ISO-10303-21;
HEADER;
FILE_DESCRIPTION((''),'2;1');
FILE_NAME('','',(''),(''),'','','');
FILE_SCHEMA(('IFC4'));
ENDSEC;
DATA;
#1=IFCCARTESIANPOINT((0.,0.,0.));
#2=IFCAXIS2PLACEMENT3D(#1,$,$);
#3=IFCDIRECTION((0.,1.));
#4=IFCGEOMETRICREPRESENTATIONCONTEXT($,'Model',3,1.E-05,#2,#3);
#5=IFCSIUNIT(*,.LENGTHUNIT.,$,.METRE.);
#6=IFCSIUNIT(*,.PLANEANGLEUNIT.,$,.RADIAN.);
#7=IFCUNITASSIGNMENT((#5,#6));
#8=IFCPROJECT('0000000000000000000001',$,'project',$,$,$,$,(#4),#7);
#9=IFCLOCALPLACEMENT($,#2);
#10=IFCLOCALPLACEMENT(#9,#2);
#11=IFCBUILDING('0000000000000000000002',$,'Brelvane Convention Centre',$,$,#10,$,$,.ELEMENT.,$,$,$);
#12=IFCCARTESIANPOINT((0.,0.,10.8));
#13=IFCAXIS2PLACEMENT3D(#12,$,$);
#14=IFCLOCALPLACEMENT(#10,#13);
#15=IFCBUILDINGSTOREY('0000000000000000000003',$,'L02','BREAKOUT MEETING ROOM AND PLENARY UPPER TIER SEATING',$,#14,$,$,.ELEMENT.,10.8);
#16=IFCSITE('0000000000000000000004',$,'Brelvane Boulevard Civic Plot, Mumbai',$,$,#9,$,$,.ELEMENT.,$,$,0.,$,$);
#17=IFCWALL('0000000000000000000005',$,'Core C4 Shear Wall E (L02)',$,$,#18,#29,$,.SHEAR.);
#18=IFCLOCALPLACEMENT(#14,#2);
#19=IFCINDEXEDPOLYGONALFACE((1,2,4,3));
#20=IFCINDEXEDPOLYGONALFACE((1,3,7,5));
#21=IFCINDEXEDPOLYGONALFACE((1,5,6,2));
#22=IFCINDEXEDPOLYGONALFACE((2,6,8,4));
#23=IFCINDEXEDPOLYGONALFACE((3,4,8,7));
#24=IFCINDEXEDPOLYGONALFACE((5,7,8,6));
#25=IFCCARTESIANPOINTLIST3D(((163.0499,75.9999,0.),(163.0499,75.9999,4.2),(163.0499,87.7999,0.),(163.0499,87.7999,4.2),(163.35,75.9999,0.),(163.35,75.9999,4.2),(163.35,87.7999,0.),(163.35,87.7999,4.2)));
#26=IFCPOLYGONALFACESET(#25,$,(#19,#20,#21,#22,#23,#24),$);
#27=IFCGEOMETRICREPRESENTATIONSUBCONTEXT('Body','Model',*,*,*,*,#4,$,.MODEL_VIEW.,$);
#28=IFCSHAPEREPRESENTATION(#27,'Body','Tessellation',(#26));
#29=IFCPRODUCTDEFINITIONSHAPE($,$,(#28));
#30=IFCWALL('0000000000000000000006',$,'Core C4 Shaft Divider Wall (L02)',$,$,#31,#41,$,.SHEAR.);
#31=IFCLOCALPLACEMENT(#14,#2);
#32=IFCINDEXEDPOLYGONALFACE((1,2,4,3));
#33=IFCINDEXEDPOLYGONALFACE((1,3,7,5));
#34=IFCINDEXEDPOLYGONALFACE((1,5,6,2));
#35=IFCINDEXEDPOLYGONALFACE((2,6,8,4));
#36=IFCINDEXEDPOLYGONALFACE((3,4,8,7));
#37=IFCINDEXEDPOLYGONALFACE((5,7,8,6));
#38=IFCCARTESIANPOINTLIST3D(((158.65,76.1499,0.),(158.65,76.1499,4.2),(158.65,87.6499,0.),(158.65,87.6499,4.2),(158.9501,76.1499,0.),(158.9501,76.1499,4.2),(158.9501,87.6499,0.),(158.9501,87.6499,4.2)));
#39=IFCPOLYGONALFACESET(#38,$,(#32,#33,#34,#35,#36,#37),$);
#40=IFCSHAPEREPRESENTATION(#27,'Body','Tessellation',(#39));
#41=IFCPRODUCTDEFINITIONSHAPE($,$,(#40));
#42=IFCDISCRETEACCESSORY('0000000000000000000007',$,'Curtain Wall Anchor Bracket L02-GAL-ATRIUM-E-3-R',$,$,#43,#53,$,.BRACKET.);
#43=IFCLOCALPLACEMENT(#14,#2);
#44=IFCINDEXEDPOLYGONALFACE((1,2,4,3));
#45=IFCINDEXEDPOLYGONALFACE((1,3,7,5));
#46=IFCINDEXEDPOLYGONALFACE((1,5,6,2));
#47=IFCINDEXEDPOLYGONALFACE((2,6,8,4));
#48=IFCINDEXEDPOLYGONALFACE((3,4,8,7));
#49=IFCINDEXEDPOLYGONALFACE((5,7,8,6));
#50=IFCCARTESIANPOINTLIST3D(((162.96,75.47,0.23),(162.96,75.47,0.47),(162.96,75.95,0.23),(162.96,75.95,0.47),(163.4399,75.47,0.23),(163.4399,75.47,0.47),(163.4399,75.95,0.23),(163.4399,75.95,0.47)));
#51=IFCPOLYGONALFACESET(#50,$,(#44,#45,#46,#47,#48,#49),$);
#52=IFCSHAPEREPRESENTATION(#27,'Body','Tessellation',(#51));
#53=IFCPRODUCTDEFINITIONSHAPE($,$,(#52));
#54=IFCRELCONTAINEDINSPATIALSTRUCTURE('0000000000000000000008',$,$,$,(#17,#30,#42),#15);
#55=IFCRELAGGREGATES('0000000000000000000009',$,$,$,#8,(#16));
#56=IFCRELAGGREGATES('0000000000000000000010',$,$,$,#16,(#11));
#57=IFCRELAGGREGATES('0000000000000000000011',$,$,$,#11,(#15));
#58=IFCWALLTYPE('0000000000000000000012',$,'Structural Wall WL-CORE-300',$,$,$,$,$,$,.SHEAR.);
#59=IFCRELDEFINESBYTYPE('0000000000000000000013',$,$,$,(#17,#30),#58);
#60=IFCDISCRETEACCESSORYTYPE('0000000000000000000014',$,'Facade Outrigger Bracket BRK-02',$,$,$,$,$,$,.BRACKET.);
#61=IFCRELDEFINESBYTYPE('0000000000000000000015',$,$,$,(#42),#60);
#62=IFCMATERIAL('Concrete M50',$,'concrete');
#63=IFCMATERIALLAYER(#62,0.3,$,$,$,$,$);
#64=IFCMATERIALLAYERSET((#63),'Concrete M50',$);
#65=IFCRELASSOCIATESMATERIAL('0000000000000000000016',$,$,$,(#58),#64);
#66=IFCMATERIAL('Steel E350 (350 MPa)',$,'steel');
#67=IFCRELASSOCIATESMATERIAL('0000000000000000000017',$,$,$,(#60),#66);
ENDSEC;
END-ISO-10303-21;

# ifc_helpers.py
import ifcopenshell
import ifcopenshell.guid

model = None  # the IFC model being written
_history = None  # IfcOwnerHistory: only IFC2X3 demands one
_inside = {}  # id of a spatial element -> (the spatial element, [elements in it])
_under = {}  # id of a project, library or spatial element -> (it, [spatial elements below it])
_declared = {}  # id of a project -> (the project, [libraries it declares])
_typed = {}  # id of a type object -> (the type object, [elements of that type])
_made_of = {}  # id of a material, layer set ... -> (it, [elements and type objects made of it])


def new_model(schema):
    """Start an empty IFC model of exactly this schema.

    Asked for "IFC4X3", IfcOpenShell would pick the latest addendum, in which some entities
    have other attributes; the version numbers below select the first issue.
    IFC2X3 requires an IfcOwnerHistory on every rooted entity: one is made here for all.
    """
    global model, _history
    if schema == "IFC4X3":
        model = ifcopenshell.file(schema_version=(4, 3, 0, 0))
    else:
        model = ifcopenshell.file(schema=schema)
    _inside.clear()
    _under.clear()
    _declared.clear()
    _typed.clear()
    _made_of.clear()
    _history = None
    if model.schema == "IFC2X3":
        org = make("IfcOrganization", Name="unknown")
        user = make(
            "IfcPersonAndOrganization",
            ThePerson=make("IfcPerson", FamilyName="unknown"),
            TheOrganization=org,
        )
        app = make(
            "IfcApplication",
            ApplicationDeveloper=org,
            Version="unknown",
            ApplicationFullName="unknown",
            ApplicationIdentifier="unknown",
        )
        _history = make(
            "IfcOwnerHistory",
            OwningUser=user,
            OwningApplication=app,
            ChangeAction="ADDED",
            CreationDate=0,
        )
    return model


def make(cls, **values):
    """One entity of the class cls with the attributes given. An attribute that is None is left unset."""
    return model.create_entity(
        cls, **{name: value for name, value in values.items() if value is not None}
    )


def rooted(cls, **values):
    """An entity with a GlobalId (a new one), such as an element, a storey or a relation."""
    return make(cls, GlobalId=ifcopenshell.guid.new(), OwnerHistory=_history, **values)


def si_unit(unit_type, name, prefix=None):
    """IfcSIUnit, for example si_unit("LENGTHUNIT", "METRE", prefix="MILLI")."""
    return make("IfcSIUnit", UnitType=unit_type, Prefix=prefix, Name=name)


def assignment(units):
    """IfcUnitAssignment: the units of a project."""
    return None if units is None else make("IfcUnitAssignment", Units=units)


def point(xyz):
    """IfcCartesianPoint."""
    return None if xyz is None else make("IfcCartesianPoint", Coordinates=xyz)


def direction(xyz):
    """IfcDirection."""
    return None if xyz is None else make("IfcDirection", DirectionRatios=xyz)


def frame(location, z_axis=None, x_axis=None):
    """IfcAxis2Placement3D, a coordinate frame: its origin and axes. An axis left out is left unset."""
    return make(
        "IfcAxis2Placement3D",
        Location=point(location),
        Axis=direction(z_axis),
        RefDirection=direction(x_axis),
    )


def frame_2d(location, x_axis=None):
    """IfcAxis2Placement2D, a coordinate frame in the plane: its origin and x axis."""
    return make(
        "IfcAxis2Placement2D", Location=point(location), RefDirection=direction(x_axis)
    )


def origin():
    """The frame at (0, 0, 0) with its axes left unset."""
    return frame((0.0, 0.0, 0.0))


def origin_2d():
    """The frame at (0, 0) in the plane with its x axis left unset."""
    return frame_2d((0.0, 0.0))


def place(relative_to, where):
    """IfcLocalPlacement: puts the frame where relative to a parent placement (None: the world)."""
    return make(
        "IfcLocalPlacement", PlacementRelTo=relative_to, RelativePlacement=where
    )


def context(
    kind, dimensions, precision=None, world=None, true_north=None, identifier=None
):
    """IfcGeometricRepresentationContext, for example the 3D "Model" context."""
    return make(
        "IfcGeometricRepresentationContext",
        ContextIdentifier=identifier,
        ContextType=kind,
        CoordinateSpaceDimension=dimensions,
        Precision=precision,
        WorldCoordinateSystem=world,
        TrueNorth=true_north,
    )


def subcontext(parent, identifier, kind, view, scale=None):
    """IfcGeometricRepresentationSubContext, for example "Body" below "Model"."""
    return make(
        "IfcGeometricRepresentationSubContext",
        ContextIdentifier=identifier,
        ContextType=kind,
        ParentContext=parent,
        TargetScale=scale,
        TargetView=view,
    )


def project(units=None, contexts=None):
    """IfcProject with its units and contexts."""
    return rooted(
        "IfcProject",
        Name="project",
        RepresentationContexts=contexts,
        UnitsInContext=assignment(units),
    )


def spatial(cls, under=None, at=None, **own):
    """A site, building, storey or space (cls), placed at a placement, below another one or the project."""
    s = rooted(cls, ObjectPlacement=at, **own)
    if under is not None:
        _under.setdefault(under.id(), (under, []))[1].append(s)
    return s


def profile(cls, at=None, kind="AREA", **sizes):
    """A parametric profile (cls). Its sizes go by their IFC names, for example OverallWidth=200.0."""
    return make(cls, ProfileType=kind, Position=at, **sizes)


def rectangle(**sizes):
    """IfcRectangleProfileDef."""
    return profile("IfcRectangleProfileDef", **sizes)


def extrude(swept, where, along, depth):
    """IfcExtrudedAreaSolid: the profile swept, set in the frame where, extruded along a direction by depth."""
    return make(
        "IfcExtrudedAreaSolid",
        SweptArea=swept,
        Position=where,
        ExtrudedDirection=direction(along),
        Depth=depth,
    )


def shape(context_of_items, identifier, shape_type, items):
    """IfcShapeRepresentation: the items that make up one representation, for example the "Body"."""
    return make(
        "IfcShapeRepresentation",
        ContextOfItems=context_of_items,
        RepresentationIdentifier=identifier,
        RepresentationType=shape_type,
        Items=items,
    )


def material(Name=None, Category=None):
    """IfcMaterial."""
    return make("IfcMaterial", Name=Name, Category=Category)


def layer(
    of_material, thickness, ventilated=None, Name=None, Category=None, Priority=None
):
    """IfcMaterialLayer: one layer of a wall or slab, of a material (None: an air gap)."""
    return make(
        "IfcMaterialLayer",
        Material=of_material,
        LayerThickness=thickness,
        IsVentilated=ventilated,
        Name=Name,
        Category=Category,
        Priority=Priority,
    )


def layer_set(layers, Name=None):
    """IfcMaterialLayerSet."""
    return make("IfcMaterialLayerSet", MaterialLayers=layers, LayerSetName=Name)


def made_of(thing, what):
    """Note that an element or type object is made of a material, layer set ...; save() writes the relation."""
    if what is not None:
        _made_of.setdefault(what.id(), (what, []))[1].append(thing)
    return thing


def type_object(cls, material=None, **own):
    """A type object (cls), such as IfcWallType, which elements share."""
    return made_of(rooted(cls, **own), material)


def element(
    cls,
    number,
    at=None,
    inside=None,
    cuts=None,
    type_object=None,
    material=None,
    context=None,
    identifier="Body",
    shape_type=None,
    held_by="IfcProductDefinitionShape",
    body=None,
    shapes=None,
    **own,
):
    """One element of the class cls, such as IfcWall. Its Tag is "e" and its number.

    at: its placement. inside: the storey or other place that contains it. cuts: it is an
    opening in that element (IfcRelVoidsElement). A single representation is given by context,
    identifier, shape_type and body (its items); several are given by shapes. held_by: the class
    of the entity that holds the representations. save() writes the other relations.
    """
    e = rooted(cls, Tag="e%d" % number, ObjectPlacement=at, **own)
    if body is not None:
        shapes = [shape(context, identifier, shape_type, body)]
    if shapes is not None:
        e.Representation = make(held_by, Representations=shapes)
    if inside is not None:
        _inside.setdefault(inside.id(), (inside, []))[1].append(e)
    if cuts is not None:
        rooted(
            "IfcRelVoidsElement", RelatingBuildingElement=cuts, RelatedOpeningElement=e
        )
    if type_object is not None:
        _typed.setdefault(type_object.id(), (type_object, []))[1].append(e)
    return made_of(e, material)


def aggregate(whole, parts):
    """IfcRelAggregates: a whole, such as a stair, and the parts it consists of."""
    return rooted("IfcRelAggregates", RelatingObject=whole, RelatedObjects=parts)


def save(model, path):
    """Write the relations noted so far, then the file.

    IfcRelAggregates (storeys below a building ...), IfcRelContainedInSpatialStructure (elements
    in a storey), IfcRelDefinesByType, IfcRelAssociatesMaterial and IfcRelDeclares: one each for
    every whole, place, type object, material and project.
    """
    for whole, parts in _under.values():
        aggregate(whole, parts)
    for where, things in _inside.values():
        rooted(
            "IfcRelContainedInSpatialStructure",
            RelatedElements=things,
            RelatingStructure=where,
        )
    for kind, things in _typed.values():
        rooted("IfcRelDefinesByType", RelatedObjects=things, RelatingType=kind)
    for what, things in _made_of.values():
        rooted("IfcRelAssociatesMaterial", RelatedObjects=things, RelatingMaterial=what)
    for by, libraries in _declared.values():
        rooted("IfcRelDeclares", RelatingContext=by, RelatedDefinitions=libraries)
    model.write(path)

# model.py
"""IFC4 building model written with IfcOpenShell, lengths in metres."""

from ifc_helpers import new_model, si_unit, direction, frame, frame_2d, origin, origin_2d, place, context, subcontext, project, spatial, rectangle, extrude, material, layer, layer_set, type_object, element, save


model = new_model("IFC4")

# Units and contexts
model_context = context("Model", 3, precision=1e-05, world=origin(), true_north=direction((0.0, 1.0)))
body_context = subcontext(model_context, "Body", "Model", "MODEL_VIEW")
ifc_project = project(units=[si_unit("LENGTHUNIT", "METRE"), si_unit("PLANEANGLEUNIT", "RADIAN")], contexts=[model_context])

# Site, building, storey
site_placement = place(None, origin())
site = spatial("IfcSite", under=ifc_project, at=site_placement, Name="Brelvane Boulevard Civic Plot, Mumbai", CompositionType="ELEMENT", RefElevation=0.0)
building_placement = place(site_placement, origin())
building = spatial("IfcBuilding", under=site, at=building_placement, Name="Brelvane Convention Centre", CompositionType="ELEMENT")
storey_placement = place(building_placement, frame((0.0, 0.0, 10.8)))
storey = spatial("IfcBuildingStorey", under=building, at=storey_placement, Name="L02", Description="BREAKOUT MEETING ROOM AND PLENARY UPPER TIER SEATING", CompositionType="ELEMENT", Elevation=10.8)

# Shared definitions
ifc_material_1 = material(Name="Concrete M50", Category="concrete")
ifc_layer_1 = layer(ifc_material_1, 0.3)
ifc_layer_set_1 = layer_set([ifc_layer_1], Name="Concrete M50")
wall_type = type_object("IfcWallType", Name="Structural Wall WL-CORE-300", PredefinedType="SHEAR", material=ifc_layer_set_1)

# Walls
wall_1_placement = place(storey_placement, frame((163.2, 76.0, 0.0), z_axis=(0.0, 0.0, 1.0), x_axis=(0.0, 1.0, 0.0)))
element("IfcWall", 1, at=wall_1_placement, inside=storey, type_object=wall_type, Name="Core C4 Shear Wall E (L02)", PredefinedType="SHEAR", context=body_context, shape_type="SweptSolid", body=[
    extrude(rectangle(XDim=11.8, YDim=0.3, at=frame_2d((5.8999, 0.0))), origin(), (0.0, 0.0, 1.0), 4.2),
])
wall_2_placement = place(storey_placement, frame((158.8, 76.1499, 0.0), z_axis=(0.0, 0.0, 1.0), x_axis=(0.0, 1.0, 0.0)))
element("IfcWall", 2, at=wall_2_placement, inside=storey, type_object=wall_type, Name="Core C4 Shaft Divider Wall (L02)", PredefinedType="SHEAR", context=body_context, shape_type="SweptSolid", body=[
    extrude(rectangle(XDim=11.5, YDim=0.3, at=frame_2d((5.75, 0.0))), origin(), (0.0, 0.0, 1.0), 4.2),
])

# Discrete accessory
ifc_material_2 = material(Name="Steel E350 (350 MPa)", Category="steel")
discrete_accessory_type = type_object("IfcDiscreteAccessoryType", Name="Facade Outrigger Bracket BRK-02", PredefinedType="BRACKET", material=ifc_material_2)
discrete_accessory_placement = place(storey_placement, frame((163.2, 75.71, 0.23), z_axis=(0.0, 0.0, 1.0), x_axis=(1.0, 0.0, 0.0)))
element("IfcDiscreteAccessory", 3, at=discrete_accessory_placement, inside=storey, type_object=discrete_accessory_type, Name="Curtain Wall Anchor Bracket L02-GAL-ATRIUM-E-3-R", PredefinedType="BRACKET", context=body_context, shape_type="SweptSolid", body=[
    extrude(rectangle(XDim=0.48, YDim=0.48, at=origin_2d()), origin(), (0.0, 0.0, 1.0), 0.24),
])

save(model, "model.ifc")
